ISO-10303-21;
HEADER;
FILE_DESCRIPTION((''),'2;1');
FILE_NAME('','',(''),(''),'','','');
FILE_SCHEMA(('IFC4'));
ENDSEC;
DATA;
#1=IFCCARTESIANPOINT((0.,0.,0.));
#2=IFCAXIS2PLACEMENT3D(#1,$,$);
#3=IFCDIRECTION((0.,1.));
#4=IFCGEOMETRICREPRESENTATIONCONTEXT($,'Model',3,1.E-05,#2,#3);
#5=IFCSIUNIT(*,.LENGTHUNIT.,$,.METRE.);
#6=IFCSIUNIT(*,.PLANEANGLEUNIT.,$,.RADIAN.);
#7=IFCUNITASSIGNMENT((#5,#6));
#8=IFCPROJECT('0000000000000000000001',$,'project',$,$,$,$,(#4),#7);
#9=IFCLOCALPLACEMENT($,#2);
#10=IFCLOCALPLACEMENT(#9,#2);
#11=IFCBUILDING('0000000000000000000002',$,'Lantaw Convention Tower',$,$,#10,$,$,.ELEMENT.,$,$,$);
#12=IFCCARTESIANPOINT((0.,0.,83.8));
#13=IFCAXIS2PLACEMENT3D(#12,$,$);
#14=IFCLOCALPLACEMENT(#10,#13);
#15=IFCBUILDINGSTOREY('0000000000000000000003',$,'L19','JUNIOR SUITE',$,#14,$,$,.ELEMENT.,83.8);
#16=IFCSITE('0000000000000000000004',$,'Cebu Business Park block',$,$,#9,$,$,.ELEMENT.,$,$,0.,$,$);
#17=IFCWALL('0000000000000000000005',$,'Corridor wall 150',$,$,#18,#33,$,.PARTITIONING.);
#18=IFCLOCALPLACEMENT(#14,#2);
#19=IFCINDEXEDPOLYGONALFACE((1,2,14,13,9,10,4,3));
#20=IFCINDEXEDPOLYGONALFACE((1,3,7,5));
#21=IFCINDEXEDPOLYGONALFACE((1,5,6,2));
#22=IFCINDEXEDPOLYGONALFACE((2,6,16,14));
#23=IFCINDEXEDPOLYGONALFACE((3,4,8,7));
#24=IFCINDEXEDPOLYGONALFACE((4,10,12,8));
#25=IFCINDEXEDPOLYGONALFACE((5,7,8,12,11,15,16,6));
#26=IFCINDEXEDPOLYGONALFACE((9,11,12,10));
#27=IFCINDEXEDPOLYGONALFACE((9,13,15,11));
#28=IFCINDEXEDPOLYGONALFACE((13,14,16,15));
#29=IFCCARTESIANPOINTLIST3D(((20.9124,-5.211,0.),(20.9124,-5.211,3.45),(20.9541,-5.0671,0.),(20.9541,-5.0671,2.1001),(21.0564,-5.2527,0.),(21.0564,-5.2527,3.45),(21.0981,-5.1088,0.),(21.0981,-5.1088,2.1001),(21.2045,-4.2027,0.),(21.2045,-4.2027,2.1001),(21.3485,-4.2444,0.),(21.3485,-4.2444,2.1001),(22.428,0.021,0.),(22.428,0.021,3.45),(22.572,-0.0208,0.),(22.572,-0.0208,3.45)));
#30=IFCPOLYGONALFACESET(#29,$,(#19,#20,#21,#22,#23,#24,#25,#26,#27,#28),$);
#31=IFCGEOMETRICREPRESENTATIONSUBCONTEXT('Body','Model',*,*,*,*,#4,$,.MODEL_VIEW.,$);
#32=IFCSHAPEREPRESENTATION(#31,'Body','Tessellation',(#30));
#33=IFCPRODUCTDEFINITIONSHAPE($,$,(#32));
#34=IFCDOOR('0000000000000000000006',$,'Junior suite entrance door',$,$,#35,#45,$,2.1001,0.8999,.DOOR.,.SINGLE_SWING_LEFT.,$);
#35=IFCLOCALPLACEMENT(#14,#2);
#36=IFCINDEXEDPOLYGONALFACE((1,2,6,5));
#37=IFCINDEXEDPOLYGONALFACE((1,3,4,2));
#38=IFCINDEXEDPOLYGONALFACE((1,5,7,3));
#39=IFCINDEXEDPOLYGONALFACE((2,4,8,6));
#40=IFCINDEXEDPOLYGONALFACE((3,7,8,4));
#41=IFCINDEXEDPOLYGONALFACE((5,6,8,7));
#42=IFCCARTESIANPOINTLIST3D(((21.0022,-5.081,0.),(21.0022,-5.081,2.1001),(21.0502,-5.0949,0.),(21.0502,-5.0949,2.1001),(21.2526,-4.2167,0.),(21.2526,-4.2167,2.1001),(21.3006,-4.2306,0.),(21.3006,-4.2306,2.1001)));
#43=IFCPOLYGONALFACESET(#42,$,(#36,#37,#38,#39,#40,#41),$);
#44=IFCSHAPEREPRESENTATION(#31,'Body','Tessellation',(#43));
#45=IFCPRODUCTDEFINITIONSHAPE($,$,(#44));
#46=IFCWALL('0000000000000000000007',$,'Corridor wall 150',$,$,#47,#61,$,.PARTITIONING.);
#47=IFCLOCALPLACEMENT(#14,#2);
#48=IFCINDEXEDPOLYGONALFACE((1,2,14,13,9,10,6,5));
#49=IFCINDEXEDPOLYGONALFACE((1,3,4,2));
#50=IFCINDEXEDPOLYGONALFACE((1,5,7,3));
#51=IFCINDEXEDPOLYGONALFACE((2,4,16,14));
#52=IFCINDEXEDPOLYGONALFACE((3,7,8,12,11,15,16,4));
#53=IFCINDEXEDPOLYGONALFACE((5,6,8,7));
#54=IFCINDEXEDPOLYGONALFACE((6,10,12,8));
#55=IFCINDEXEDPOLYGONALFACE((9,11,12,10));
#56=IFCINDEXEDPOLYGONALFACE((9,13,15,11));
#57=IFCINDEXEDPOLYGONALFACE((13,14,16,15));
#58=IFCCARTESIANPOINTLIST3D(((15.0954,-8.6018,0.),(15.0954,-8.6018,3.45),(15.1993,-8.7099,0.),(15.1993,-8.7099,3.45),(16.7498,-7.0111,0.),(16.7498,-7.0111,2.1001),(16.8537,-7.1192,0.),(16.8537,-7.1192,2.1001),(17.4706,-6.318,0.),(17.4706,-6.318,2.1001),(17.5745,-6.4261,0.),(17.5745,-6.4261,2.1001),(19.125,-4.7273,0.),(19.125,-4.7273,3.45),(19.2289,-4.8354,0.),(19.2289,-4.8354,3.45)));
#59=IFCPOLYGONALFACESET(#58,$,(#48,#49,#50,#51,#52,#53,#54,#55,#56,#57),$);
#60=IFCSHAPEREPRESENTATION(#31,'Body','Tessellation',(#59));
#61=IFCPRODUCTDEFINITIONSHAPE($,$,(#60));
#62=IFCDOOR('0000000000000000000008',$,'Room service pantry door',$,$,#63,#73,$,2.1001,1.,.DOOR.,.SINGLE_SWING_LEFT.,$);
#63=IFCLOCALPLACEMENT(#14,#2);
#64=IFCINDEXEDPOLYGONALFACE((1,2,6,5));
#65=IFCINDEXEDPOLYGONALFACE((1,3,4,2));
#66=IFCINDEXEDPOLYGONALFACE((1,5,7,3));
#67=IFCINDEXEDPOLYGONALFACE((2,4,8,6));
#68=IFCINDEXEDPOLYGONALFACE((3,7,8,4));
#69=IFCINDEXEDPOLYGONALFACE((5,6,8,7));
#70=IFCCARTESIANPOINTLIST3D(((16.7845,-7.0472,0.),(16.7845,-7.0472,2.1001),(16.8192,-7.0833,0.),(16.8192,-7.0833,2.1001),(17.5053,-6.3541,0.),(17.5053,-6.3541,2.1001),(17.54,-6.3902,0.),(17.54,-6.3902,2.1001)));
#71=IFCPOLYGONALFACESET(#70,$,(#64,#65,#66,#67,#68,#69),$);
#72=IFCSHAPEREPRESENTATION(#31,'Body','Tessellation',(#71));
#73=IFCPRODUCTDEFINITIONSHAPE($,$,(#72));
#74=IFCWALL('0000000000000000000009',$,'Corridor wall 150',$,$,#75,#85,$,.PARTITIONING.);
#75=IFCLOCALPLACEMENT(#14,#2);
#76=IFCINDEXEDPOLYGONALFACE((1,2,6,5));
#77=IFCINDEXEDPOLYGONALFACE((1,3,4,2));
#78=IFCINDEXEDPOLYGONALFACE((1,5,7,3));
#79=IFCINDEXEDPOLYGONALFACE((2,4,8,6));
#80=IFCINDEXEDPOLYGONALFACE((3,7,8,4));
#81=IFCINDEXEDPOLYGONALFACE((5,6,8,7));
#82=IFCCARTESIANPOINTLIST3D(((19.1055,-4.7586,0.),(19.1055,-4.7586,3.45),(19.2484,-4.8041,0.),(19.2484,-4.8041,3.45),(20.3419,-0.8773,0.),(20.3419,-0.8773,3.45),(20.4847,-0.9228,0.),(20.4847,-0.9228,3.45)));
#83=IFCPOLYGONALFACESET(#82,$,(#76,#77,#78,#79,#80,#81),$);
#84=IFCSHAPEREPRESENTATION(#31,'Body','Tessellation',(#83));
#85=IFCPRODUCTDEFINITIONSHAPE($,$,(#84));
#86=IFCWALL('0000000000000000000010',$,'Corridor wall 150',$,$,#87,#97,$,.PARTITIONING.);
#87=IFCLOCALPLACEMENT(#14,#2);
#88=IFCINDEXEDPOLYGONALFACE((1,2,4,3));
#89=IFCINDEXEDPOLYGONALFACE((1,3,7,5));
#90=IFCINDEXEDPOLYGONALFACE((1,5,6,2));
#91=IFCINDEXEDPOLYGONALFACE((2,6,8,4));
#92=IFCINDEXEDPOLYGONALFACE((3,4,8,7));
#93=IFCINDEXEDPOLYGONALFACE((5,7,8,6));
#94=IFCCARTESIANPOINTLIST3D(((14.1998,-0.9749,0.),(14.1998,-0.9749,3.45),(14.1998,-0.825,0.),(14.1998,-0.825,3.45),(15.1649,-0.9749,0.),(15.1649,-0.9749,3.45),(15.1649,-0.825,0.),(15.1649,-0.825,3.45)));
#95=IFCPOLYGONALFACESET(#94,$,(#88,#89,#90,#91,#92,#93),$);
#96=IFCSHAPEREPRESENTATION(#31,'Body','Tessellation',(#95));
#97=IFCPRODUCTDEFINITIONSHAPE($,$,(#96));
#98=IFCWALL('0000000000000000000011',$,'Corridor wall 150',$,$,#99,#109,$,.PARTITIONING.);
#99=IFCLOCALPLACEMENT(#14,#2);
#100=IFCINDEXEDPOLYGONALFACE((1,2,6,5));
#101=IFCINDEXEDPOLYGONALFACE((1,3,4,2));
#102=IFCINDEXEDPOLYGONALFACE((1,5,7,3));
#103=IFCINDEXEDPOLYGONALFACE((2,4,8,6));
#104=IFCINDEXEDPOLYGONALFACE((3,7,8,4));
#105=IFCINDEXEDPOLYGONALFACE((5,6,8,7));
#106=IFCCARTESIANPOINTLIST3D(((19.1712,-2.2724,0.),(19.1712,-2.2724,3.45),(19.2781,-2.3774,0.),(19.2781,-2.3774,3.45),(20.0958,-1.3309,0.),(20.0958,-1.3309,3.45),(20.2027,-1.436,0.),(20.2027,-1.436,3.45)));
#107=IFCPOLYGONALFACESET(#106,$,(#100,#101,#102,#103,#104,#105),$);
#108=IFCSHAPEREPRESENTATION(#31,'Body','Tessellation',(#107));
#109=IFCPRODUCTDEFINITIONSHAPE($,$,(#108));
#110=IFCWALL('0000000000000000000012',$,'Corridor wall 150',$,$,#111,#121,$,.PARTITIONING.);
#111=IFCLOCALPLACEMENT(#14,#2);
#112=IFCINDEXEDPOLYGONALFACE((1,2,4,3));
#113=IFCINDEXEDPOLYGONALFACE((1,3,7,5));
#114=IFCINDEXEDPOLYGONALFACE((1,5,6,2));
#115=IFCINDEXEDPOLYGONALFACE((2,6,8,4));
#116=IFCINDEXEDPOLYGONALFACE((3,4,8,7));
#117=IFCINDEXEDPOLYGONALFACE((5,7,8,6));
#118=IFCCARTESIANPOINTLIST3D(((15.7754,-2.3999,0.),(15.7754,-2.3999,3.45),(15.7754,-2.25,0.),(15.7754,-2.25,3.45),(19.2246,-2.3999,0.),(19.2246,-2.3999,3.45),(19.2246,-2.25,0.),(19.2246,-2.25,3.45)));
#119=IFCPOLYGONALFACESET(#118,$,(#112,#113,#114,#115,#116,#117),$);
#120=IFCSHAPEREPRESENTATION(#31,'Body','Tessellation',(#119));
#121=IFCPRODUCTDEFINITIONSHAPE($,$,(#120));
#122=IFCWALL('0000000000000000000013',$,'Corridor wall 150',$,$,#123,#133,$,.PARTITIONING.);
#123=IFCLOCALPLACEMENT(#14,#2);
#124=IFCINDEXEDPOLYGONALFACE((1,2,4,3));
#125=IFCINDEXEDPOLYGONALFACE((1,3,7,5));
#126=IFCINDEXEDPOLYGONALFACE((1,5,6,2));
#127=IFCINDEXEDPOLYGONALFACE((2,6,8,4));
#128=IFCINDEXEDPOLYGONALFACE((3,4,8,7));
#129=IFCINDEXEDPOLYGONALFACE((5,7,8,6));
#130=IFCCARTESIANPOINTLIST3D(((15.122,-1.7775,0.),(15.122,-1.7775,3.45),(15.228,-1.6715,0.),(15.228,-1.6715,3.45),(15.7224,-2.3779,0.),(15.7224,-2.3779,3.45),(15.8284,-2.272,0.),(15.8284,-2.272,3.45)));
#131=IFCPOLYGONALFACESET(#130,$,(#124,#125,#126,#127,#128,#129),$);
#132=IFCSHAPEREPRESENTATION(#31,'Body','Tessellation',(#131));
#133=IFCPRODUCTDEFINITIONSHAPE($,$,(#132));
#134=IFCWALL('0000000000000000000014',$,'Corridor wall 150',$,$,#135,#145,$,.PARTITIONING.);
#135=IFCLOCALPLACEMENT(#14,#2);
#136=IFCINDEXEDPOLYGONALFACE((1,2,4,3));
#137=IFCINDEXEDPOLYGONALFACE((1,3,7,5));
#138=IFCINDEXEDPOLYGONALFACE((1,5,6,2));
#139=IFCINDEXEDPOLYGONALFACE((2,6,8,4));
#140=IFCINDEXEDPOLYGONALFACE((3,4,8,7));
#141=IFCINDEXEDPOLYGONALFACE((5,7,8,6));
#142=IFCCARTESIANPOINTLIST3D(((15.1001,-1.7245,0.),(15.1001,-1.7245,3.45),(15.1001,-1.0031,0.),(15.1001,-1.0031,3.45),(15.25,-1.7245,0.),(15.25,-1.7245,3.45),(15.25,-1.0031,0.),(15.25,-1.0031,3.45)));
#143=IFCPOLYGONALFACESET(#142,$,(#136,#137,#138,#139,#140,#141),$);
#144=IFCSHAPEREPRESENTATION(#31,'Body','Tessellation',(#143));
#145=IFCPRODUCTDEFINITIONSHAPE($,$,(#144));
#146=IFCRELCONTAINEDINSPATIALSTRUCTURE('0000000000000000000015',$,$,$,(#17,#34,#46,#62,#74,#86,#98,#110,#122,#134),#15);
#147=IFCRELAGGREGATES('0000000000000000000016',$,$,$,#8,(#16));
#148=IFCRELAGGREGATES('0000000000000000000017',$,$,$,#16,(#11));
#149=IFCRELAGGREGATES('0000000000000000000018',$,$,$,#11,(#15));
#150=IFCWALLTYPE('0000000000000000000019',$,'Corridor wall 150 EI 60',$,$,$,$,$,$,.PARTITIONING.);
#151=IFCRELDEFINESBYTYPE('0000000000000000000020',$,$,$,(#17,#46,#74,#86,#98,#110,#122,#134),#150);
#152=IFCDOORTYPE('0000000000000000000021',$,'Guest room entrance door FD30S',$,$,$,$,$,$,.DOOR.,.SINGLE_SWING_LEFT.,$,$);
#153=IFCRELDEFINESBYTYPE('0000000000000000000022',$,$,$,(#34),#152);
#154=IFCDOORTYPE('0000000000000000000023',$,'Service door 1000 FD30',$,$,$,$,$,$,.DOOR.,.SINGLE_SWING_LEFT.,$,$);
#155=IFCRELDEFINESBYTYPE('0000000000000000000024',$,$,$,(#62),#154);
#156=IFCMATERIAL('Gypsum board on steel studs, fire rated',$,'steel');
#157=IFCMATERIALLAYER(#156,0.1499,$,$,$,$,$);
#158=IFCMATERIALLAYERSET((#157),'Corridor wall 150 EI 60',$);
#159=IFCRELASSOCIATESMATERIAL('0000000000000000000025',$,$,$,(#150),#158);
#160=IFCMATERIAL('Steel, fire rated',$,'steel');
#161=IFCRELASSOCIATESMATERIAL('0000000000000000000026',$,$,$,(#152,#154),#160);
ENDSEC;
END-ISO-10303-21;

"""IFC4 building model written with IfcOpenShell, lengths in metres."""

from ifc_helpers import new_model, si_unit, direction, frame, frame_2d, origin, place, context, subcontext, project, spatial, rectangle, extrude, material, layer, layer_set, type_object, element, fill, save


model = new_model("IFC4")

# Units and contexts
model_context = context("Model", 3, precision=1e-05, world=origin(), true_north=direction((0.0, 1.0)))
body_context = subcontext(model_context, "Body", "Model", "MODEL_VIEW")
ifc_project = project(units=[si_unit("LENGTHUNIT", "METRE"), si_unit("PLANEANGLEUNIT", "RADIAN")], contexts=[model_context])

# Site, building, storey
site_placement = place(None, origin())
site = spatial("IfcSite", under=ifc_project, at=site_placement, Name="Cebu Business Park block", CompositionType="ELEMENT", RefElevation=0.0)
building_placement = place(site_placement, origin())
building = spatial("IfcBuilding", under=site, at=building_placement, Name="Lantaw Convention Tower", CompositionType="ELEMENT")
storey_placement = place(building_placement, frame((0.0, 0.0, 83.8)))
storey = spatial("IfcBuildingStorey", under=building, at=storey_placement, Name="L19", Description="JUNIOR SUITE", CompositionType="ELEMENT", Elevation=83.8)

# Shared definitions
ifc_material_1 = material(Name="Gypsum board on steel studs, fire rated", Category="steel")
ifc_layer_1 = layer(ifc_material_1, 0.1499)
ifc_layer_set_1 = layer_set([ifc_layer_1], Name="Corridor wall 150 EI 60")
wall_type_1 = type_object("IfcWallType", Name="Corridor wall 150 EI 60", PredefinedType="PARTITIONING", material=ifc_layer_set_1)

# Walls, openings, doors
wall_1_placement = place(storey_placement, frame((20.9844, -5.2319, 0.0), z_axis=(0.0, 0.0, 1.0), x_axis=(0.278247, 0.960509, 0.0)))
wall_1 = element("IfcWall", 1, at=wall_1_placement, inside=storey, type_object=wall_type_1, Name="Corridor wall 150", PredefinedType="PARTITIONING", context=body_context, shape_type="SweptSolid", body=[
    extrude(rectangle(XDim=5.447, YDim=0.1499, at=frame_2d((2.7236, 0.0))), origin(), (0.0, 0.0, 1.0), 3.45),
])
opening_1_placement = place(wall_1_placement, frame((0.1499, 0.0, 0.0)))
opening_1 = element("IfcOpeningElement", 2, at=opening_1_placement, cuts=wall_1, PredefinedType="OPENING", context=body_context, shape_type="SweptSolid", body=[
    extrude(rectangle(XDim=0.8999, YDim=2.1001, at=frame_2d((0.45, 1.05))), frame((0.0, 0.085, 0.0), z_axis=(0.0, -1.0, 0.0), x_axis=(1.0, 0.0, 0.0)), (0.0, 0.0, 1.0), 0.1699),
])
ifc_material_2 = material(Name="Steel, fire rated", Category="steel")
door_type_1 = type_object("IfcDoorType", Name="Guest room entrance door FD30S", OperationType="SINGLE_SWING_LEFT", PredefinedType="DOOR", material=ifc_material_2)
door_1_placement = place(opening_1_placement, origin())
door_1 = element("IfcDoor", 3, at=door_1_placement, inside=storey, type_object=door_type_1, Name="Junior suite entrance door", OperationType="SINGLE_SWING_LEFT", OverallHeight=2.1001, OverallWidth=0.8999, PredefinedType="DOOR", context=body_context, shape_type="SweptSolid", body=[
    extrude(rectangle(XDim=0.8999, YDim=2.1001, at=frame_2d((0.45, 1.05))), frame((0.0, 0.0249, 0.0), z_axis=(0.0, -1.0, 0.0), x_axis=(1.0, 0.0, 0.0)), (0.0, 0.0, 1.0), 0.05),
])
fill(opening_1, door_1)
wall_2_placement = place(storey_placement, frame((15.1475, -8.6558, 0.0), z_axis=(0.0, 0.0, 1.0), x_axis=(0.720837, 0.693104, 0.0)))
wall_2 = element("IfcWall", 4, at=wall_2_placement, inside=storey, type_object=wall_type_1, Name="Corridor wall 150", PredefinedType="PARTITIONING", context=body_context, shape_type="SweptSolid", body=[
    extrude(rectangle(XDim=5.5901, YDim=0.1499, at=frame_2d((2.7949, 0.0))), origin(), (0.0, 0.0, 1.0), 3.45),
])
opening_2_placement = place(wall_2_placement, frame((2.2949, 0.0, 0.0)))
opening_2 = element("IfcOpeningElement", 5, at=opening_2_placement, cuts=wall_2, PredefinedType="OPENING", context=body_context, shape_type="SweptSolid", body=[
    extrude(rectangle(XDim=1.0, YDim=2.1001, at=frame_2d((0.5, 1.05))), frame((0.0, 0.085, 0.0), z_axis=(0.0, -1.0, 0.0), x_axis=(1.0, 0.0, 0.0)), (0.0, 0.0, 1.0), 0.1699),
])
door_type_2 = type_object("IfcDoorType", Name="Service door 1000 FD30", OperationType="SINGLE_SWING_LEFT", PredefinedType="DOOR", material=ifc_material_2)
door_2_placement = place(opening_2_placement, origin())
door_2 = element("IfcDoor", 6, at=door_2_placement, inside=storey, type_object=door_type_2, Name="Room service pantry door", OperationType="SINGLE_SWING_LEFT", OverallHeight=2.1001, OverallWidth=1.0, PredefinedType="DOOR", context=body_context, shape_type="SweptSolid", body=[
    extrude(rectangle(XDim=1.0, YDim=2.1001, at=frame_2d((0.5, 1.05))), frame((0.0, 0.0249, 0.0), z_axis=(0.0, -1.0, 0.0), x_axis=(1.0, 0.0, 0.0)), (0.0, 0.0, 1.0), 0.05),
])
fill(opening_2, door_2)

# Walls
wall_3_placement = place(storey_placement, frame((19.177, -4.7812, 0.0), z_axis=(0.0, 0.0, 1.0), x_axis=(0.303505, 0.95283, 0.0)))
element("IfcWall", 7, at=wall_3_placement, inside=storey, type_object=wall_type_1, Name="Corridor wall 150", PredefinedType="PARTITIONING", context=body_context, shape_type="SweptSolid", body=[
    extrude(rectangle(XDim=4.0735, YDim=0.1499, at=frame_2d((2.0366, 0.0))), origin(), (0.0, 0.0, 1.0), 3.45),
])
wall_4_placement = place(storey_placement, frame((14.2, -0.8999, 0.0), z_axis=(0.0, 0.0, 1.0), x_axis=(1.0, 0.0, 0.0)))
element("IfcWall", 8, at=wall_4_placement, inside=storey, type_object=wall_type_1, Name="Corridor wall 150", PredefinedType="PARTITIONING", context=body_context, shape_type="SweptSolid", body=[
    extrude(rectangle(XDim=0.9651, YDim=0.1499, at=frame_2d((0.4824, 0.0))), origin(), (0.0, 0.0, 1.0), 3.45),
])
wall_5_placement = place(storey_placement, frame((20.1492, -1.3835, 0.0), z_axis=(0.0, 0.0, 1.0), x_axis=(-0.700695, -0.713461, 0.0)))
element("IfcWall", 9, at=wall_5_placement, inside=storey, type_object=wall_type_1, Name="Corridor wall 150", PredefinedType="PARTITIONING", context=body_context, shape_type="SweptSolid", body=[
    extrude(rectangle(XDim=1.3196, YDim=0.1499, at=frame_2d((0.6597, 0.0))), origin(), (0.0, 0.0, 1.0), 3.45),
])
wall_6_placement = place(storey_placement, frame((19.2246, -2.325, 0.0), z_axis=(0.0, 0.0, 1.0), x_axis=(-1.0, 0.0, 0.0)))
element("IfcWall", 10, at=wall_6_placement, inside=storey, type_object=wall_type_1, Name="Corridor wall 150", PredefinedType="PARTITIONING", context=body_context, shape_type="SweptSolid", body=[
    extrude(rectangle(XDim=3.4492, YDim=0.1499, at=frame_2d((1.7246, 0.0))), origin(), (0.0, 0.0, 1.0), 3.45),
])
wall_7_placement = place(storey_placement, frame((15.7754, -2.325, 0.0), z_axis=(0.0, 0.0, 1.0), x_axis=(-0.707107, 0.707107, 0.0)))
element("IfcWall", 11, at=wall_7_placement, inside=storey, type_object=wall_type_1, Name="Corridor wall 150", PredefinedType="PARTITIONING", context=body_context, shape_type="SweptSolid", body=[
    extrude(rectangle(XDim=0.8491, YDim=0.1499, at=frame_2d((0.4246, 0.0))), origin(), (0.0, 0.0, 1.0), 3.45),
])
wall_8_placement = place(storey_placement, frame((15.175, -1.7246, 0.0), z_axis=(0.0, 0.0, 1.0), x_axis=(0.0, 1.0, 0.0)))
element("IfcWall", 12, at=wall_8_placement, inside=storey, type_object=wall_type_1, Name="Corridor wall 150", PredefinedType="PARTITIONING", context=body_context, shape_type="SweptSolid", body=[
    extrude(rectangle(XDim=0.7214, YDim=0.1499, at=frame_2d((0.3608, 0.0))), origin(), (0.0, 0.0, 1.0), 3.45),
])

save(model, "model.ifc")
